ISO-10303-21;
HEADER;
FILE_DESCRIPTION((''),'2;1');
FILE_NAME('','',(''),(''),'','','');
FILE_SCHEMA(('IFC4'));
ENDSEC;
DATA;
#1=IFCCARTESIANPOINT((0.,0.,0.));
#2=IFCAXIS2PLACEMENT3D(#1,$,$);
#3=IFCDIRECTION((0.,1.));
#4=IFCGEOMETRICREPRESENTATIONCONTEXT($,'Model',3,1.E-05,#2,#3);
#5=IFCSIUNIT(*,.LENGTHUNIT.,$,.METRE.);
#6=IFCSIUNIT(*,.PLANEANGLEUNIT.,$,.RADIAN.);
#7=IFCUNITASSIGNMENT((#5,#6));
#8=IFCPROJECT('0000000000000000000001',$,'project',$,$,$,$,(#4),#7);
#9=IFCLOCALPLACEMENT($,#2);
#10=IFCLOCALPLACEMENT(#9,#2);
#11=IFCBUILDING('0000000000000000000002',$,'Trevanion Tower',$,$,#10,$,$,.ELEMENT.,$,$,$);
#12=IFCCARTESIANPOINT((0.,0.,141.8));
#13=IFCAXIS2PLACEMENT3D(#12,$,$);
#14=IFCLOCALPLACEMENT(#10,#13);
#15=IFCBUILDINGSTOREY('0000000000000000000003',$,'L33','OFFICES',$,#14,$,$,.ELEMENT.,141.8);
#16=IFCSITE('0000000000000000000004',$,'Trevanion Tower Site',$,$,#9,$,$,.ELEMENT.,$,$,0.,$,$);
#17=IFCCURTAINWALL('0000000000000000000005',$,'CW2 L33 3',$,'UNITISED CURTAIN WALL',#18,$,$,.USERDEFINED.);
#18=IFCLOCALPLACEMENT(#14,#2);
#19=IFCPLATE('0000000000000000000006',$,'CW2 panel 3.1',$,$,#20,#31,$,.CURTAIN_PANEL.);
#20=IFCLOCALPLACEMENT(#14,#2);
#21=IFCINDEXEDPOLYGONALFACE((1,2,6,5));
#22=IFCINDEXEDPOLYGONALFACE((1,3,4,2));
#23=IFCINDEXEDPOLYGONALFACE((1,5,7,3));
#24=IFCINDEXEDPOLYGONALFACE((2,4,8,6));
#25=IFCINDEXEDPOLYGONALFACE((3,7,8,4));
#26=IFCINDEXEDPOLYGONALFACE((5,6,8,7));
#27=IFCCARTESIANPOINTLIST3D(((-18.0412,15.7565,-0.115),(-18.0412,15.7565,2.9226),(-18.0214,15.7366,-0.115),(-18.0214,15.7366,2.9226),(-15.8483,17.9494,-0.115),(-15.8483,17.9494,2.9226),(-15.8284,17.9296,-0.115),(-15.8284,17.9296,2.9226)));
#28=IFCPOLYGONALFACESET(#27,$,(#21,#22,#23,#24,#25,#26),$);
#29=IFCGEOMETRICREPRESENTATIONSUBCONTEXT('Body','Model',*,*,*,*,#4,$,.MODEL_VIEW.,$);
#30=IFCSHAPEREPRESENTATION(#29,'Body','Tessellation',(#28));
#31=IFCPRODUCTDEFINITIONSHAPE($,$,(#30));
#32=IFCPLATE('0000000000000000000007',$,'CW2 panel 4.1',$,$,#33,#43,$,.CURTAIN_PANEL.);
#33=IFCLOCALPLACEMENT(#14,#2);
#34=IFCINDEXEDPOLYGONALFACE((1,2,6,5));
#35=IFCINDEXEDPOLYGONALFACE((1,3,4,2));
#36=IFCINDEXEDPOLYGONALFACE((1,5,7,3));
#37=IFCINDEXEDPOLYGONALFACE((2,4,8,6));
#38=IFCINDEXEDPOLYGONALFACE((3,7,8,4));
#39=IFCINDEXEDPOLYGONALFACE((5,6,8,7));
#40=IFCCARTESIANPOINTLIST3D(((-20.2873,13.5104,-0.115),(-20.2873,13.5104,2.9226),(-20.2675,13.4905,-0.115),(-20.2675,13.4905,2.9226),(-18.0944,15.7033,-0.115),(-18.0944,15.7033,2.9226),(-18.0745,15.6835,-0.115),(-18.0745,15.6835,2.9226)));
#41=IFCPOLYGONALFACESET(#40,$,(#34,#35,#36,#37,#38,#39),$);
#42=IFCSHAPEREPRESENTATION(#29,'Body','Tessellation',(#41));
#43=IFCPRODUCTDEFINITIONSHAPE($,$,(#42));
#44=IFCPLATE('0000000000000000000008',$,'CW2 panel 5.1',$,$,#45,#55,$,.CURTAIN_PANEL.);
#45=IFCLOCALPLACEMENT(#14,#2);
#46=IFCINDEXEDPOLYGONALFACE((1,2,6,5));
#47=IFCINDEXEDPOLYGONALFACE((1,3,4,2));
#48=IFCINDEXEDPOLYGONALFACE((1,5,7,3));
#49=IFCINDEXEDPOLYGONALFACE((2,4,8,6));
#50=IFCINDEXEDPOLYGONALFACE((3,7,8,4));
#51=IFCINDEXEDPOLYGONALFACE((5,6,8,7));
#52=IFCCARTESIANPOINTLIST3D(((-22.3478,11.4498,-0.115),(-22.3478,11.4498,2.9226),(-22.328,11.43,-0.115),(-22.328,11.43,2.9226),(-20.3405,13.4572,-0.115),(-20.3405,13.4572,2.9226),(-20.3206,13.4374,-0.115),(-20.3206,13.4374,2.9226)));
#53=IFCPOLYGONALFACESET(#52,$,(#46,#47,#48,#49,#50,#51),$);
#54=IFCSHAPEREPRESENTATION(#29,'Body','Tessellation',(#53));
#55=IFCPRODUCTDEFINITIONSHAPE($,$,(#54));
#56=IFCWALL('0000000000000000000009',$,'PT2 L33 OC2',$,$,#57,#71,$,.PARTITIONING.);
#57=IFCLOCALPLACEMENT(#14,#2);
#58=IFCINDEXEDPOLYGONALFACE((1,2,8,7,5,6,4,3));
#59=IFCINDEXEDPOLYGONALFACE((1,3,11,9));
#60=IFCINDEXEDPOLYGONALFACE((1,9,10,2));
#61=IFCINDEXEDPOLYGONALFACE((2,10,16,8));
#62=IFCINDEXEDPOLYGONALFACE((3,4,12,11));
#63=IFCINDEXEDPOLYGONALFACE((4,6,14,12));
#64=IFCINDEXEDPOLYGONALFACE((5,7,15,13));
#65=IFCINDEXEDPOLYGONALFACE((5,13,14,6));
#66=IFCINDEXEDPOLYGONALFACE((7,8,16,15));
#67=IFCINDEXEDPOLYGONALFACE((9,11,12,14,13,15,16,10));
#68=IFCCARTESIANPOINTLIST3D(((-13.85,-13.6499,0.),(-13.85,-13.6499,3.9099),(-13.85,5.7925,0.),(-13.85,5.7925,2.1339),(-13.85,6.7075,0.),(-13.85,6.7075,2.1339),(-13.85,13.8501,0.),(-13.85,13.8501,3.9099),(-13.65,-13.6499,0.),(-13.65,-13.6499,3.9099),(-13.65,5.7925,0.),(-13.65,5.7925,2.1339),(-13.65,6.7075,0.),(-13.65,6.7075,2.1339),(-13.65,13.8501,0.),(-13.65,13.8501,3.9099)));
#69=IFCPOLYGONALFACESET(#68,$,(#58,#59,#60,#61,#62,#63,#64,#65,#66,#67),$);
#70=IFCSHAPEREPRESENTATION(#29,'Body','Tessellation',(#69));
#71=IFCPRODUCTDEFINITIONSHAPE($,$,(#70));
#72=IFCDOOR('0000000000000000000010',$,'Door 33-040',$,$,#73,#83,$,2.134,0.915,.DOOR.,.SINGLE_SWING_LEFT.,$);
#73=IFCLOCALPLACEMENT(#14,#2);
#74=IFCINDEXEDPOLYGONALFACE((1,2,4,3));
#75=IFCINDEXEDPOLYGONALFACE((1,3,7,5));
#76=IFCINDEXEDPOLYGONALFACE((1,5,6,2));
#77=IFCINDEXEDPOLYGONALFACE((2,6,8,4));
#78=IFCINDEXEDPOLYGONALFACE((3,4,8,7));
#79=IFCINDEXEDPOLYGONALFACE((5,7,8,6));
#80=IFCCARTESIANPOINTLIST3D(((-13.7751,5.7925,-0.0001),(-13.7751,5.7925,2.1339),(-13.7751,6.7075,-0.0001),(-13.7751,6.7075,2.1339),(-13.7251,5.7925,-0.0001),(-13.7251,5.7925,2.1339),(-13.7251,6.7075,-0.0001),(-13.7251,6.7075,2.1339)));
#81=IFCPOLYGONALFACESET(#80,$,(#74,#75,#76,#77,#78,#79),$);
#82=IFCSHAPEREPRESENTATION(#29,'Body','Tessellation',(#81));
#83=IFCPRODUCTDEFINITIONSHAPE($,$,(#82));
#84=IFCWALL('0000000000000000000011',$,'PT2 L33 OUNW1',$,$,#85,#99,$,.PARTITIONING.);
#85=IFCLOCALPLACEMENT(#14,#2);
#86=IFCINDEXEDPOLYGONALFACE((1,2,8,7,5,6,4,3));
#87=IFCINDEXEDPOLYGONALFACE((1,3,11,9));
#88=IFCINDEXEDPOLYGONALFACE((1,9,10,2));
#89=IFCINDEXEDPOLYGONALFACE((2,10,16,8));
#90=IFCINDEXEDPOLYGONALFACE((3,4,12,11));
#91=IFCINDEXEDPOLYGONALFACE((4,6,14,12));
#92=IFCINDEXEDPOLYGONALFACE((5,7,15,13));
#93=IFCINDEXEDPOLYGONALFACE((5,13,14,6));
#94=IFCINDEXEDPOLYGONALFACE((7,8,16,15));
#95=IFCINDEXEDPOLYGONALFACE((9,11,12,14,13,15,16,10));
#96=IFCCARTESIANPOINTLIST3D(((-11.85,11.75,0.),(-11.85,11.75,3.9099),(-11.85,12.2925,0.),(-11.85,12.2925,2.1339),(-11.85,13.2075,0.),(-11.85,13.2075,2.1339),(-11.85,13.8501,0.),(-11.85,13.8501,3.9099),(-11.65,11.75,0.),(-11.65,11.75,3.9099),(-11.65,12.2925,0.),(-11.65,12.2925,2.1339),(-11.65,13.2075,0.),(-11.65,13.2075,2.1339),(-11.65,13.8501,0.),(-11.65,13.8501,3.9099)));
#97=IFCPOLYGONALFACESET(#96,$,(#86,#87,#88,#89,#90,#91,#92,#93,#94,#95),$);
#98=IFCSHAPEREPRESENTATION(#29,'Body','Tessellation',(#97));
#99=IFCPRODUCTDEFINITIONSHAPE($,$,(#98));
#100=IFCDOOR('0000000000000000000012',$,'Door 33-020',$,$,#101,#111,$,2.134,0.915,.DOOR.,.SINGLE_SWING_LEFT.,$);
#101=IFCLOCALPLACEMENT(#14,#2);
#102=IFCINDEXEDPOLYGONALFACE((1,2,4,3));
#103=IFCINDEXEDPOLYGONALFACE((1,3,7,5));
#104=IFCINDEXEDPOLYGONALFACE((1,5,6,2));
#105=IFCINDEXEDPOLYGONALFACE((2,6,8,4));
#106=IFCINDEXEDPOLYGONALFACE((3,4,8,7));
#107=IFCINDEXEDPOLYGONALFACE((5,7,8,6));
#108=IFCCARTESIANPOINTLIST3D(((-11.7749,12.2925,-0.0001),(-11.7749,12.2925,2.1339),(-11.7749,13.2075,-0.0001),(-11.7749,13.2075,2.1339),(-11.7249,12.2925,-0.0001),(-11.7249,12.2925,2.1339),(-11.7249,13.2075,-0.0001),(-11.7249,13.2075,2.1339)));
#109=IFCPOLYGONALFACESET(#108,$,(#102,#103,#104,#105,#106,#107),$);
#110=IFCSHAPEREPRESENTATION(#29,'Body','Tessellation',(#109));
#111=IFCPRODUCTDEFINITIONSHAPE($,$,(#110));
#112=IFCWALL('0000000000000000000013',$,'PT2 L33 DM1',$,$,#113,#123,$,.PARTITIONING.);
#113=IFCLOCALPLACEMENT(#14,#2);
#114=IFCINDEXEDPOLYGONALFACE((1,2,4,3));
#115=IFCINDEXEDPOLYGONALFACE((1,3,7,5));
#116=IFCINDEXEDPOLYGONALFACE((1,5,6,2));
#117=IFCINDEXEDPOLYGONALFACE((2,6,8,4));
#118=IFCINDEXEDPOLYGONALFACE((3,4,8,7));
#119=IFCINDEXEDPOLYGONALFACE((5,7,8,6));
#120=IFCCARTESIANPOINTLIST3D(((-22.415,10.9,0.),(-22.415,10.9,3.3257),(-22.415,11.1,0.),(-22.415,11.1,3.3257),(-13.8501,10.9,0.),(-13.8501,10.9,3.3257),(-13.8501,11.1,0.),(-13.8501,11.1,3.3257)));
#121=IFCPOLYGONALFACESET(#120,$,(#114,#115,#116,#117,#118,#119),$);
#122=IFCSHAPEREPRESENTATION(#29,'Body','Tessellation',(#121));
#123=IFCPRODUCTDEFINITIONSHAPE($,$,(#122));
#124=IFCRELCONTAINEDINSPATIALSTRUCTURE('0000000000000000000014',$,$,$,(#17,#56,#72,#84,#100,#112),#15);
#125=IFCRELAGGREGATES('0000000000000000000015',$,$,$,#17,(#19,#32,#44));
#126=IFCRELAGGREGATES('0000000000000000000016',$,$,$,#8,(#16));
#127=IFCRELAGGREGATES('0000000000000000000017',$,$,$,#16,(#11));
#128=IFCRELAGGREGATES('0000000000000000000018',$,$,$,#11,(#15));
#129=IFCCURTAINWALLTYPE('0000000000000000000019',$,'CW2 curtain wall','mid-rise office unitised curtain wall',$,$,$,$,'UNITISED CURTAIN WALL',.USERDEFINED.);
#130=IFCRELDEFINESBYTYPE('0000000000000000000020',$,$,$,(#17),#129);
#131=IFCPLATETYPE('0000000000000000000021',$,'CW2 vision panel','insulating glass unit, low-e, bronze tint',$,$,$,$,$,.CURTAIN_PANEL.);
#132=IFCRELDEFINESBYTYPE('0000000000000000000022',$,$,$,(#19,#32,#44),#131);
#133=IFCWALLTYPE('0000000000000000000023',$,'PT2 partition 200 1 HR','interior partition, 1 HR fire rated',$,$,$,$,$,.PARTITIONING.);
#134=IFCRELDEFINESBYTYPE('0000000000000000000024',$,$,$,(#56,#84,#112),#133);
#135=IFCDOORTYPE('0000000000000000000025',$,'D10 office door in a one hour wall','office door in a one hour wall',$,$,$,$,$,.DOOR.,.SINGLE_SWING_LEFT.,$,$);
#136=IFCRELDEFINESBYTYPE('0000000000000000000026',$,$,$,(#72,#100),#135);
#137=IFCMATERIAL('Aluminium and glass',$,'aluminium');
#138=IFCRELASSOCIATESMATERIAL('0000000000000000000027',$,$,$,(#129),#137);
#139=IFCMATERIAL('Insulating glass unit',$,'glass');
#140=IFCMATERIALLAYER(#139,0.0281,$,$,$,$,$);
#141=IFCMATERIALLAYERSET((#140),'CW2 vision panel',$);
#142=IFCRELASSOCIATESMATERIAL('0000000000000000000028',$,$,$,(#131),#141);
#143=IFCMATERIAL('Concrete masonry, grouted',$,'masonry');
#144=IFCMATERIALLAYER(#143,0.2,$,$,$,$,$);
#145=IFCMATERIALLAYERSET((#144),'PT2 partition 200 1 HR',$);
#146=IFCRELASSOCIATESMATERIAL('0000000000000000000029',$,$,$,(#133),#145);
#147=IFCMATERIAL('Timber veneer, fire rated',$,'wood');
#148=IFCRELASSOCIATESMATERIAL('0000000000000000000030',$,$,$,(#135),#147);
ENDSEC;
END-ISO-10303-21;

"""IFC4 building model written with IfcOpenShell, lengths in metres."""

from ifc_helpers import new_model, si_unit, direction, frame, frame_2d, origin, origin_2d, place, context, subcontext, project, spatial, rectangle, extrude, material, layer, layer_set, type_object, element, fill, aggregate, save


model = new_model("IFC4")

# Units and contexts
model_context = context("Model", 3, precision=1e-05, world=origin(), true_north=direction((0.0, 1.0)))
body_context = subcontext(model_context, "Body", "Model", "MODEL_VIEW")
ifc_project = project(units=[si_unit("LENGTHUNIT", "METRE"), si_unit("PLANEANGLEUNIT", "RADIAN")], contexts=[model_context])

# Site, building, storey
site_placement = place(None, origin())
site = spatial("IfcSite", under=ifc_project, at=site_placement, Name="Trevanion Tower Site", CompositionType="ELEMENT", RefElevation=0.0)
building_placement = place(site_placement, origin())
building = spatial("IfcBuilding", under=site, at=building_placement, Name="Trevanion Tower", CompositionType="ELEMENT")
storey_placement = place(building_placement, frame((0.0, 0.0, 141.8)))
storey = spatial("IfcBuildingStorey", under=building, at=storey_placement, Name="L33", Description="OFFICES", CompositionType="ELEMENT", Elevation=141.8)

# Curtain wall
ifc_material_1 = material(Name="Aluminium and glass", Category="aluminium")
curtain_wall_type = type_object("IfcCurtainWallType", Name="CW2 curtain wall", Description="mid-rise office unitised curtain wall", ElementType="UNITISED CURTAIN WALL", PredefinedType="USERDEFINED", material=ifc_material_1)
curtain_wall_placement = place(storey_placement, origin())
curtain_wall = element("IfcCurtainWall", 1, at=curtain_wall_placement, inside=storey, type_object=curtain_wall_type, Name="CW2 L33 3", ObjectType="UNITISED CURTAIN WALL", PredefinedType="USERDEFINED")

# Plates
ifc_material_2 = material(Name="Insulating glass unit", Category="glass")
ifc_layer_1 = layer(ifc_material_2, 0.0281)
ifc_layer_set_1 = layer_set([ifc_layer_1], Name="CW2 vision panel")
plate_type_1 = type_object("IfcPlateType", Name="CW2 vision panel", Description="insulating glass unit, low-e, bronze tint", PredefinedType="CURTAIN_PANEL", material=ifc_layer_set_1)
plate_1_placement = place(storey_placement, frame((-16.9348, 16.843, -0.115), z_axis=(0.0, 0.0, 1.0), x_axis=(-0.707107, -0.707107, 0.0)))
plate_1 = element("IfcPlate", 2, at=plate_1_placement, type_object=plate_type_1, Name="CW2 panel 3.1", PredefinedType="CURTAIN_PANEL", context=body_context, shape_type="SweptSolid", body=[
    extrude(rectangle(XDim=3.1013, YDim=0.0281, at=origin_2d()), origin(), (0.0, 0.0, 1.0), 3.0376),
])
plate_2_placement = place(storey_placement, frame((-19.1809, 14.5969, -0.115), z_axis=(0.0, 0.0, 1.0), x_axis=(-0.707107, -0.707107, 0.0)))
plate_2 = element("IfcPlate", 3, at=plate_2_placement, type_object=plate_type_1, Name="CW2 panel 4.1", PredefinedType="CURTAIN_PANEL", context=body_context, shape_type="SweptSolid", body=[
    extrude(rectangle(XDim=3.1013, YDim=0.0281, at=origin_2d()), origin(), (0.0, 0.0, 1.0), 3.0376),
])
plate_3_placement = place(storey_placement, frame((-21.3342, 12.4436, -0.115), z_axis=(0.0, 0.0, 1.0), x_axis=(-0.707107, -0.707107, 0.0)))
plate_3 = element("IfcPlate", 4, at=plate_3_placement, type_object=plate_type_1, Name="CW2 panel 5.1", PredefinedType="CURTAIN_PANEL", context=body_context, shape_type="SweptSolid", body=[
    extrude(rectangle(XDim=2.8389, YDim=0.0281, at=origin_2d()), origin(), (0.0, 0.0, 1.0), 3.0376),
])
aggregate(curtain_wall, [plate_1, plate_2, plate_3])

# Walls, openings, doors
ifc_material_3 = material(Name="Concrete masonry, grouted", Category="masonry")
ifc_layer_2 = layer(ifc_material_3, 0.2)
ifc_layer_set_2 = layer_set([ifc_layer_2], Name="PT2 partition 200 1 HR")
wall_type = type_object("IfcWallType", Name="PT2 partition 200 1 HR", Description="interior partition, 1 HR fire rated", PredefinedType="PARTITIONING", material=ifc_layer_set_2)
wall_1_placement = place(storey_placement, frame((-13.75, 13.8501, 0.0), z_axis=(0.0, 0.0, 1.0), x_axis=(0.0, -1.0, 0.0)))
wall_1 = element("IfcWall", 5, at=wall_1_placement, inside=storey, type_object=wall_type, Name="PT2 L33 OC2", PredefinedType="PARTITIONING", context=body_context, shape_type="SweptSolid", body=[
    extrude(rectangle(XDim=27.5, YDim=0.2, at=frame_2d((13.75, 0.0))), origin(), (0.0, 0.0, 1.0), 3.9099),
])
opening_1_placement = place(wall_1_placement, frame((7.1426, 0.0, 0.0)))
opening_1 = element("IfcOpeningElement", 6, at=opening_1_placement, cuts=wall_1, PredefinedType="OPENING", context=body_context, shape_type="SweptSolid", body=[
    extrude(rectangle(XDim=0.915, YDim=2.134, at=frame_2d((0.4575, 1.0669))), frame((0.0, 0.1099, 0.0), z_axis=(0.0, -1.0, 0.0), x_axis=(1.0, 0.0, 0.0)), (0.0, 0.0, 1.0), 0.22),
])
ifc_material_4 = material(Name="Timber veneer, fire rated", Category="wood")
door_type = type_object("IfcDoorType", Name="D10 office door in a one hour wall", Description="office door in a one hour wall", OperationType="SINGLE_SWING_LEFT", PredefinedType="DOOR", material=ifc_material_4)
door_1_placement = place(opening_1_placement, origin())
door_1 = element("IfcDoor", 7, at=door_1_placement, inside=storey, type_object=door_type, Name="Door 33-040", OperationType="SINGLE_SWING_LEFT", OverallHeight=2.134, OverallWidth=0.915, PredefinedType="DOOR", context=body_context, shape_type="SweptSolid", body=[
    extrude(rectangle(XDim=0.915, YDim=2.134, at=frame_2d((0.4575, 1.0669))), frame((0.0, 0.0249, 0.0), z_axis=(0.0, -1.0, 0.0), x_axis=(1.0, 0.0, 0.0)), (0.0, 0.0, 1.0), 0.05),
])
fill(opening_1, door_1)
wall_2_placement = place(storey_placement, frame((-11.75, 11.75, 0.0), z_axis=(0.0, 0.0, 1.0), x_axis=(0.0, 1.0, 0.0)))
wall_2 = element("IfcWall", 8, at=wall_2_placement, inside=storey, type_object=wall_type, Name="PT2 L33 OUNW1", PredefinedType="PARTITIONING", context=body_context, shape_type="SweptSolid", body=[
    extrude(rectangle(XDim=2.1001, YDim=0.2, at=frame_2d((1.05, 0.0))), origin(), (0.0, 0.0, 1.0), 3.9099),
])
opening_2_placement = place(wall_2_placement, frame((0.5425, 0.0, 0.0)))
opening_2 = element("IfcOpeningElement", 9, at=opening_2_placement, cuts=wall_2, PredefinedType="OPENING", context=body_context, shape_type="SweptSolid", body=[
    extrude(rectangle(XDim=0.915, YDim=2.134, at=frame_2d((0.4575, 1.0669))), frame((0.0, 0.1099, 0.0), z_axis=(0.0, -1.0, 0.0), x_axis=(1.0, 0.0, 0.0)), (0.0, 0.0, 1.0), 0.22),
])
door_2_placement = place(opening_2_placement, origin())
door_2 = element("IfcDoor", 10, at=door_2_placement, inside=storey, type_object=door_type, Name="Door 33-020", OperationType="SINGLE_SWING_LEFT", OverallHeight=2.134, OverallWidth=0.915, PredefinedType="DOOR", context=body_context, shape_type="SweptSolid", body=[
    extrude(rectangle(XDim=0.915, YDim=2.134, at=frame_2d((0.4575, 1.0669))), frame((0.0, 0.0249, 0.0), z_axis=(0.0, -1.0, 0.0), x_axis=(1.0, 0.0, 0.0)), (0.0, 0.0, 1.0), 0.05),
])
fill(opening_2, door_2)

# Wall
wall_3_placement = place(storey_placement, frame((-13.8501, 11.0, 0.0), z_axis=(0.0, 0.0, 1.0), x_axis=(-1.0, 0.0, 0.0)))
element("IfcWall", 11, at=wall_3_placement, inside=storey, type_object=wall_type, Name="PT2 L33 DM1", PredefinedType="PARTITIONING", context=body_context, shape_type="SweptSolid", body=[
    extrude(rectangle(XDim=8.5649, YDim=0.2, at=frame_2d((4.2825, 0.0))), origin(), (0.0, 0.0, 1.0), 3.3257),
])

save(model, "model.ifc")
